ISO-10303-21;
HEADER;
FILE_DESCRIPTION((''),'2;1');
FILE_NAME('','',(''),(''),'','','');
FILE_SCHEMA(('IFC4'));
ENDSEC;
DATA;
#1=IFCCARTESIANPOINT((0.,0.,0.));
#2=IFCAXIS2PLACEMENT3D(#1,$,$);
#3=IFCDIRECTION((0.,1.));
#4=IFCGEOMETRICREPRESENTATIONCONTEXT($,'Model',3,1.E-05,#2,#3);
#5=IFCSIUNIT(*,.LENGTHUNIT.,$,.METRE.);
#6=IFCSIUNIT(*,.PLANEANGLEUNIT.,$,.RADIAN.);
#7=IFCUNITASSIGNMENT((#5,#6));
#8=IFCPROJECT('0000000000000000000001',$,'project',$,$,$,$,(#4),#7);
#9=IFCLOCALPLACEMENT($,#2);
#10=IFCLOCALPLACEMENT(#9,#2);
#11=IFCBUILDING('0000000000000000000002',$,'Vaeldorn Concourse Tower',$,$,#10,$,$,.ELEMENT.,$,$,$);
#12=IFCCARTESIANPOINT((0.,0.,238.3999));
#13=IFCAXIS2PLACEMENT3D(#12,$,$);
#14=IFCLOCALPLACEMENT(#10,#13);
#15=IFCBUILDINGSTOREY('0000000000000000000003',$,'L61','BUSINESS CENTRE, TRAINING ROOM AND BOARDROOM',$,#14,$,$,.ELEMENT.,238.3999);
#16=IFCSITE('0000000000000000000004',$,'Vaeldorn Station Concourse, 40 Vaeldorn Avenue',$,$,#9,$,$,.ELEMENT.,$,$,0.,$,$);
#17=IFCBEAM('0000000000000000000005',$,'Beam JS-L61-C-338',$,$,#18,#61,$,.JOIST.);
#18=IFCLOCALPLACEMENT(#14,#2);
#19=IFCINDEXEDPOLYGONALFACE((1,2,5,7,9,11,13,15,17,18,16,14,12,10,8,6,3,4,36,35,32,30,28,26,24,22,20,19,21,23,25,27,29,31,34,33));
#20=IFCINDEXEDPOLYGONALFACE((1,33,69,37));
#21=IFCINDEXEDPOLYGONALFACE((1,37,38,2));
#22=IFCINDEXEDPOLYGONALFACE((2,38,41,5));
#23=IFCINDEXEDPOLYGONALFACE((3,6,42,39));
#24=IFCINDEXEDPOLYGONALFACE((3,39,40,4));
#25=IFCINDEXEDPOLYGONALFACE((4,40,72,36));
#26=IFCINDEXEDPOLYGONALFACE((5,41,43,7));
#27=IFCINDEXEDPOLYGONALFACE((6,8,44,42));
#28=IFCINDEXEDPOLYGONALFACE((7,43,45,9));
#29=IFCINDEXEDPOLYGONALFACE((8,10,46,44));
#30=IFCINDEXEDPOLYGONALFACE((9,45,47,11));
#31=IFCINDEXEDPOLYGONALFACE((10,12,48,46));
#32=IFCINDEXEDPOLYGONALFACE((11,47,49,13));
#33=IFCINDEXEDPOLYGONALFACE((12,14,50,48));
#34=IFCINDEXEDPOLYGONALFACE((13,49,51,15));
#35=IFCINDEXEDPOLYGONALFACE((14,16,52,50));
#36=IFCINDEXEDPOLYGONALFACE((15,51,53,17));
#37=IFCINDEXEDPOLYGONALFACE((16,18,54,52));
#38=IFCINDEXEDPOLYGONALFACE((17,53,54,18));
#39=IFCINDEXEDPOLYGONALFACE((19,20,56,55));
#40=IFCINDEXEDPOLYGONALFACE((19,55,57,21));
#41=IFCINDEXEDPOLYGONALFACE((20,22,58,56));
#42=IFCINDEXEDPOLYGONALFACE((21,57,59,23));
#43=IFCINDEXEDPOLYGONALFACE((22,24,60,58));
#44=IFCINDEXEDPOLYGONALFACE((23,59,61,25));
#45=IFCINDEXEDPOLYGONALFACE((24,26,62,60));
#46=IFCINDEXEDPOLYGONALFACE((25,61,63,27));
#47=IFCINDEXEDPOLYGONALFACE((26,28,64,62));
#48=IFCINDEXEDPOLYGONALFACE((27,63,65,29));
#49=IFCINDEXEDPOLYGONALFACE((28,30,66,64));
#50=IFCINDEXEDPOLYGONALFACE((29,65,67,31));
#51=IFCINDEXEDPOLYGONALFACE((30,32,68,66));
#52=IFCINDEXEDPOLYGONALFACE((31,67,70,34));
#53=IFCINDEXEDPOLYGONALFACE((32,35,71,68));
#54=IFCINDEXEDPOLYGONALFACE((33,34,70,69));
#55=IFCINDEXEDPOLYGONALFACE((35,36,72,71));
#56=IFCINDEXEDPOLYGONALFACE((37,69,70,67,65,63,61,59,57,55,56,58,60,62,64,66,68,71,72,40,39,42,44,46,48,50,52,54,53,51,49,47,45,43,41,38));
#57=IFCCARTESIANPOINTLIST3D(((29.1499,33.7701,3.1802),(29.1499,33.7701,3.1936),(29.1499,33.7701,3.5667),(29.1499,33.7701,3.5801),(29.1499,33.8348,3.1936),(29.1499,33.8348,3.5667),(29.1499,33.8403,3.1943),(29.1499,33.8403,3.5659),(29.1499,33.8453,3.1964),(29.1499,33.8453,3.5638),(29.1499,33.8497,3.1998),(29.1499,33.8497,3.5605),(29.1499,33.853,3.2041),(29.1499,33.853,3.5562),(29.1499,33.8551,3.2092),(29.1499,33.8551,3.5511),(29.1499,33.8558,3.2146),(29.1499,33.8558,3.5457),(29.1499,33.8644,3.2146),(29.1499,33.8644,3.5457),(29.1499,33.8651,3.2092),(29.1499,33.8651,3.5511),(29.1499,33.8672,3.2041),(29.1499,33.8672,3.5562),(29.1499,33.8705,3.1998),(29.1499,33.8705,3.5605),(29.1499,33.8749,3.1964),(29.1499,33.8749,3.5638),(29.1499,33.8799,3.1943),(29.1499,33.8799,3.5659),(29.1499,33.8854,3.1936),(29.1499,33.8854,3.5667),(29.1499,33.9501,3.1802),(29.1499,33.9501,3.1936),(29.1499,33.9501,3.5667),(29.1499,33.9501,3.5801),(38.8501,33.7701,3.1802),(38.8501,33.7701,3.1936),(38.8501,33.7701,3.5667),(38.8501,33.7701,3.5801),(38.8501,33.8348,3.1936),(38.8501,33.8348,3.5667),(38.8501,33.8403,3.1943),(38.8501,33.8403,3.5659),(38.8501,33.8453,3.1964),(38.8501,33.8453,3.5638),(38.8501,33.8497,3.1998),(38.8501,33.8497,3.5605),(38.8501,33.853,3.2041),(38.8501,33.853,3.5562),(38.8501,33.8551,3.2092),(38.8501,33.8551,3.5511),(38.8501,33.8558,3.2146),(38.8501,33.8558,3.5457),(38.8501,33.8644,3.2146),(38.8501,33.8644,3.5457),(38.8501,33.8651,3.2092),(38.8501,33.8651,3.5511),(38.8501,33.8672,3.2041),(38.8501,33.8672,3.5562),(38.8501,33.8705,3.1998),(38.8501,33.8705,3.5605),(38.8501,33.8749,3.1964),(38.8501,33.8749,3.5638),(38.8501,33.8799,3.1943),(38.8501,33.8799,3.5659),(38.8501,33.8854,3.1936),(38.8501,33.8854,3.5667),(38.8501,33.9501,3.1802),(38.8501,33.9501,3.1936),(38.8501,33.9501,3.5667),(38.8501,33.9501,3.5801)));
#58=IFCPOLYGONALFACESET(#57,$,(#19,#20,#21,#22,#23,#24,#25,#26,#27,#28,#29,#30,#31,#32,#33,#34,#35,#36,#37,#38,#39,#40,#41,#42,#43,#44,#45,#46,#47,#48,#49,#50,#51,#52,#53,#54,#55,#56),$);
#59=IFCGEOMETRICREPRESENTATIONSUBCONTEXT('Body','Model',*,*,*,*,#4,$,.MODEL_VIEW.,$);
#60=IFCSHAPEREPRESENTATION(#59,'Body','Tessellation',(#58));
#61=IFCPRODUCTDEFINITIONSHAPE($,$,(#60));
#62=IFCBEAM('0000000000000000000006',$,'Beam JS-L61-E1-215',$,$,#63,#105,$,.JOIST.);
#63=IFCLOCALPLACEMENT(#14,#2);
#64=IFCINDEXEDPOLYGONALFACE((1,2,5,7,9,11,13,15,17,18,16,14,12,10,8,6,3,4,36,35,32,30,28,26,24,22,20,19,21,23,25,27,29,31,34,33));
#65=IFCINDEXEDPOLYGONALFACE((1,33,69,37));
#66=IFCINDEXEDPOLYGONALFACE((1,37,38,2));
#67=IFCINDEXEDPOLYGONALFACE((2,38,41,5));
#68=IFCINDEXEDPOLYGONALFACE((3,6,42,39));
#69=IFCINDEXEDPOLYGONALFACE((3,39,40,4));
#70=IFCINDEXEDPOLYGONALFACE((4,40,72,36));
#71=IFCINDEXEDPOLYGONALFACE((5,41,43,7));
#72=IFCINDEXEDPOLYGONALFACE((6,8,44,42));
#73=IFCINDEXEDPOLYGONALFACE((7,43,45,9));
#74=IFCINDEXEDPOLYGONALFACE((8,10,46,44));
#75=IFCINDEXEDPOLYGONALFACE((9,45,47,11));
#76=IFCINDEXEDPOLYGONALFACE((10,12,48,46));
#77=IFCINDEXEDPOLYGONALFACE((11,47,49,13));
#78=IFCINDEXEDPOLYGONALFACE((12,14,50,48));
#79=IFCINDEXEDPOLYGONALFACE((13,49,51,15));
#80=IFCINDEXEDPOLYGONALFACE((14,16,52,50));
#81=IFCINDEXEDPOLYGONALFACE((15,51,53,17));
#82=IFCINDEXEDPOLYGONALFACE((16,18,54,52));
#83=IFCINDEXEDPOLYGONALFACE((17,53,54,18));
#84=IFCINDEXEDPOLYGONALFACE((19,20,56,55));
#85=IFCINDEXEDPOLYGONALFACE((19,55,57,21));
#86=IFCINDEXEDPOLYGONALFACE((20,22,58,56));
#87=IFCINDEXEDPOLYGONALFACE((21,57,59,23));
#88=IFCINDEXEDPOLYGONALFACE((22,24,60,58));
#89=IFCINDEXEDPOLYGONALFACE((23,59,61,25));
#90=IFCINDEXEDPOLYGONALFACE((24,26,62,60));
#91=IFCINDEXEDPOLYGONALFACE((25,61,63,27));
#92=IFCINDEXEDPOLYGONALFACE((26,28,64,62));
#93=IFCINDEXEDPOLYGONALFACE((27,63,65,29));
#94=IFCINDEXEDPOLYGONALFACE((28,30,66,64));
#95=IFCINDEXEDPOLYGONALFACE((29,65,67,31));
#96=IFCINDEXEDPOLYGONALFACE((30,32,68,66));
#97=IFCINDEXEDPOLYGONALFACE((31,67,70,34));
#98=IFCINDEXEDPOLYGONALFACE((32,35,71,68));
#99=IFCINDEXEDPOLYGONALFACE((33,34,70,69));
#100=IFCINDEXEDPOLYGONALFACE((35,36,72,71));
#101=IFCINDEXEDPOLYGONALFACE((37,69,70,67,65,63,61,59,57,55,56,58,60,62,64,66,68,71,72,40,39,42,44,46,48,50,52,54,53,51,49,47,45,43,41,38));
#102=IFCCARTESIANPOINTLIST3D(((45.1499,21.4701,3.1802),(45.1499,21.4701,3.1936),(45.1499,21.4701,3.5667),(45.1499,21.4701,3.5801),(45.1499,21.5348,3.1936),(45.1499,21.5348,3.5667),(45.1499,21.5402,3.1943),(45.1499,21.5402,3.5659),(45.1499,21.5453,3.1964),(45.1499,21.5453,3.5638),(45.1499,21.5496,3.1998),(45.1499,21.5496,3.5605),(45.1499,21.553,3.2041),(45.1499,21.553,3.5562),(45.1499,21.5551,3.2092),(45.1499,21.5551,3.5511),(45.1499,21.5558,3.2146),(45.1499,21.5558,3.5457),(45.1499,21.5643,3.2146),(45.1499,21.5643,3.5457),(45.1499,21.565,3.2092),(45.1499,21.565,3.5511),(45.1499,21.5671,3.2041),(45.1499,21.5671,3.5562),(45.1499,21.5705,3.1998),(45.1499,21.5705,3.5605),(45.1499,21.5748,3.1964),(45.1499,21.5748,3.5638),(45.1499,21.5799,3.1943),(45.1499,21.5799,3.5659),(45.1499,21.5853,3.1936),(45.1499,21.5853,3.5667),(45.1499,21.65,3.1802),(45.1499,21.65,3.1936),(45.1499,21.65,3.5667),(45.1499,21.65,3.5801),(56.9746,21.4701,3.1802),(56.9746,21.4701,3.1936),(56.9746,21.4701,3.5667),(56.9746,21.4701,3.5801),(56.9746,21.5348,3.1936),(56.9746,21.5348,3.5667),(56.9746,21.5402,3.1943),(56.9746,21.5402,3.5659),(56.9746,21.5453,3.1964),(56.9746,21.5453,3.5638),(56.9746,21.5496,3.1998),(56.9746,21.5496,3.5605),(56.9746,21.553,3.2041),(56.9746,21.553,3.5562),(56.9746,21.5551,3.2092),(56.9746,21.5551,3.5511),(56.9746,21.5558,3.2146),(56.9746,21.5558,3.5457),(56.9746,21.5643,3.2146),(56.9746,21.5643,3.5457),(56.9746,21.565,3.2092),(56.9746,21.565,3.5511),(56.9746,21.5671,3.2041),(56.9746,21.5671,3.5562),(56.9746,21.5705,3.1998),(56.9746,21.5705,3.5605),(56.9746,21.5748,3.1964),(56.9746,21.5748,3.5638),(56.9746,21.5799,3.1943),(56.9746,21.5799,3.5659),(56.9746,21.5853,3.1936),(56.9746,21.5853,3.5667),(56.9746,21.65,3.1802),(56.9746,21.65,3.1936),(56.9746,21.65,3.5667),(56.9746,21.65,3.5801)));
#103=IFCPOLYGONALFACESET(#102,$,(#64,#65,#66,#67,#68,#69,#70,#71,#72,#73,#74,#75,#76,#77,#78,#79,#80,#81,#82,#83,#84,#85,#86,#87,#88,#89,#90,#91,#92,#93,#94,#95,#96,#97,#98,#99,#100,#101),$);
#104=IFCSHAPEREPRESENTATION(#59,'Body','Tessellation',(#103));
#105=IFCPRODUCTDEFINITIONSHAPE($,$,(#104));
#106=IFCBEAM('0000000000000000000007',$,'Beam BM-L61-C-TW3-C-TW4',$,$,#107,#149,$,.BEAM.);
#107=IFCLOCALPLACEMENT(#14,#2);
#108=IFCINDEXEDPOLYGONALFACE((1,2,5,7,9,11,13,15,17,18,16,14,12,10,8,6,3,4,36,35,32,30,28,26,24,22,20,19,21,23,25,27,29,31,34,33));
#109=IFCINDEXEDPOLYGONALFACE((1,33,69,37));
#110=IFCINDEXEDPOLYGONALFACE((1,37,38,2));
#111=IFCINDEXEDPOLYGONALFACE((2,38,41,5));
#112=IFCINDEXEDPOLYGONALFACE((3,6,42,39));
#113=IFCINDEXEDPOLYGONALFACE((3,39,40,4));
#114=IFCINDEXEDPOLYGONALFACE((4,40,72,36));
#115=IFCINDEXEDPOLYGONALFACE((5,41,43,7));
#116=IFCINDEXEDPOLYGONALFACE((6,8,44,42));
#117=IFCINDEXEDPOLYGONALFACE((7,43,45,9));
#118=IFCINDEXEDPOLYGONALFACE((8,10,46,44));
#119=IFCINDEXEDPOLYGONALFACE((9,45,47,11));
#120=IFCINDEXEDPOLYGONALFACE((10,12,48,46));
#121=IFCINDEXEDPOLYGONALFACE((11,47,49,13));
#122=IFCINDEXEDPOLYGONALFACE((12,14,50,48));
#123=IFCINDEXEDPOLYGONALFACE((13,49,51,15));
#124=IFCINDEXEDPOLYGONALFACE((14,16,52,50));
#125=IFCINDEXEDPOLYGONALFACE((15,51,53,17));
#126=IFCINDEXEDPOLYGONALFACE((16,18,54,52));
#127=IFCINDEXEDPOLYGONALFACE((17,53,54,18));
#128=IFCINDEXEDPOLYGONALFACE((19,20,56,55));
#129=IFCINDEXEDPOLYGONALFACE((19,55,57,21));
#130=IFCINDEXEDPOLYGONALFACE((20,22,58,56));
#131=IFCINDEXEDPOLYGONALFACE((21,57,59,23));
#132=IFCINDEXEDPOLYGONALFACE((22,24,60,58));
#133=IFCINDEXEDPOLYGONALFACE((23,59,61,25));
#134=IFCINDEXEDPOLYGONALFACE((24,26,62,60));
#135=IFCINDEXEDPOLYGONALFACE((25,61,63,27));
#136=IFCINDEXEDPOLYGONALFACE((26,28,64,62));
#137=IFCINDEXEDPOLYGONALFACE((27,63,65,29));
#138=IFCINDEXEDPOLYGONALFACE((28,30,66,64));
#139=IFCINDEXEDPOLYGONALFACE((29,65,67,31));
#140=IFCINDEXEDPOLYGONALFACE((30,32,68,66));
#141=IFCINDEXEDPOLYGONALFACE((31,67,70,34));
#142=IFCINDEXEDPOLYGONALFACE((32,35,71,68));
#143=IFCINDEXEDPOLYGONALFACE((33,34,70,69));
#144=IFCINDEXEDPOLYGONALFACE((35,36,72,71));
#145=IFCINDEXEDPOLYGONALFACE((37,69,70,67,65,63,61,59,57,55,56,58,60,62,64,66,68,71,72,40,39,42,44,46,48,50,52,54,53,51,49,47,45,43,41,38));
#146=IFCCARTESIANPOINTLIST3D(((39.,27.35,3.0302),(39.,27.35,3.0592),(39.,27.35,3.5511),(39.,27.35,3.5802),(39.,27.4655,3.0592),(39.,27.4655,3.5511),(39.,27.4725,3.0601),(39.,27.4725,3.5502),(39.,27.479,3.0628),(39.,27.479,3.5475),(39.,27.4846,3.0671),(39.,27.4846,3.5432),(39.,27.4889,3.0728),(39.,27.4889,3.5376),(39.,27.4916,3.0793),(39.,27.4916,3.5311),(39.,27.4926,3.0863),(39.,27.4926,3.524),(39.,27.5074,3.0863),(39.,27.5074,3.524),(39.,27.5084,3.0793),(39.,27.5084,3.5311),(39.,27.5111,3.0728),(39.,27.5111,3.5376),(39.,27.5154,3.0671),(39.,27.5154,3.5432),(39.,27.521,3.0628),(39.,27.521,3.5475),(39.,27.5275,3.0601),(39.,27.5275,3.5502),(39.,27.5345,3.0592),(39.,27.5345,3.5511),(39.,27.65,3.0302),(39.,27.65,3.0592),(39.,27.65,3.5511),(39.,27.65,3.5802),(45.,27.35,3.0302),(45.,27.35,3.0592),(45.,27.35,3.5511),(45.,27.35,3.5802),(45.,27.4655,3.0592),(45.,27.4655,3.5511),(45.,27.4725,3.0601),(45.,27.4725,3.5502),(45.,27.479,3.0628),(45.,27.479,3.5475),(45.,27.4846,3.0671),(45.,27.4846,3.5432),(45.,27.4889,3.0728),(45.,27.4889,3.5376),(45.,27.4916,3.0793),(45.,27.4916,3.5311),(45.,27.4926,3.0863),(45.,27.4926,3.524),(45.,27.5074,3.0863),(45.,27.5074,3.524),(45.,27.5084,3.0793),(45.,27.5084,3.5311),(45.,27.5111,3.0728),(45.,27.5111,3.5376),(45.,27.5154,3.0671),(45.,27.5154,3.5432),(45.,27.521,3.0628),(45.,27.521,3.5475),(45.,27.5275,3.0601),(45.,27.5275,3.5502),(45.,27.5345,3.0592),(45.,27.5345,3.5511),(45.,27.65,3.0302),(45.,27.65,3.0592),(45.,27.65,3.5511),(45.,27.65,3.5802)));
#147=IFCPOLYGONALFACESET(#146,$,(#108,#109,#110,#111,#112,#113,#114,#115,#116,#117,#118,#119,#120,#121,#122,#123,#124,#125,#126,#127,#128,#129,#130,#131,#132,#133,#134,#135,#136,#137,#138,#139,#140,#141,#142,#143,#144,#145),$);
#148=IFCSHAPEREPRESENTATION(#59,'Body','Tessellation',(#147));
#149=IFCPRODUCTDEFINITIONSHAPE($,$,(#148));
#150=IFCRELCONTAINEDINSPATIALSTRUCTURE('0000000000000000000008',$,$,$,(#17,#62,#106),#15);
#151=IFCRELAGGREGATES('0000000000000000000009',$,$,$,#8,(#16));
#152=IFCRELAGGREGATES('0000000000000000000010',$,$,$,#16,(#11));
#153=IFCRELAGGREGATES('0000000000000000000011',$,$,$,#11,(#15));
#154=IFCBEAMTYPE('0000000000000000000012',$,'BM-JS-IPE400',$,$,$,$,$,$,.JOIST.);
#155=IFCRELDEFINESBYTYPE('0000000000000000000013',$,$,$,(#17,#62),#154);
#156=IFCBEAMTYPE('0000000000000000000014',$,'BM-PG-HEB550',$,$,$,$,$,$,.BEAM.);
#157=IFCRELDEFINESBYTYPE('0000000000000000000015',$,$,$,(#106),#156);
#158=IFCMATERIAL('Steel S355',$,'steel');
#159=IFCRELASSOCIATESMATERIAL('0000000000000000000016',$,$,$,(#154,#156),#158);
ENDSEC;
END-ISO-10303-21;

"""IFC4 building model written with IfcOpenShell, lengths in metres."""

from ifc_helpers import new_model, si_unit, direction, frame, origin, origin_2d, place, context, subcontext, project, spatial, i_section, extrude, source, transform, mapped, material, material_profile, profile_set, type_object, element, save


model = new_model("IFC4")

# Units and contexts
model_context = context("Model", 3, precision=1e-05, world=origin(), true_north=direction((0.0, 1.0)))
body_context = subcontext(model_context, "Body", "Model", "MODEL_VIEW")
ifc_project = project(units=[si_unit("LENGTHUNIT", "METRE"), si_unit("PLANEANGLEUNIT", "RADIAN")], contexts=[model_context])

# Site, building, storey
site_placement = place(None, origin())
site = spatial("IfcSite", under=ifc_project, at=site_placement, Name="Vaeldorn Station Concourse, 40 Vaeldorn Avenue", CompositionType="ELEMENT", RefElevation=0.0)
building_placement = place(site_placement, origin())
building = spatial("IfcBuilding", under=site, at=building_placement, Name="Vaeldorn Concourse Tower", CompositionType="ELEMENT")
storey_placement = place(building_placement, frame((0.0, 0.0, 238.3999)))
storey = spatial("IfcBuildingStorey", under=building, at=storey_placement, Name="L61", Description="BUSINESS CENTRE, TRAINING ROOM AND BOARDROOM", CompositionType="ELEMENT", Elevation=238.3999)

# Shared definitions
ifc_material_1 = material(Name="Steel S355", Category="steel")

# Beams
ifc_material_profile_1 = material_profile(ifc_material_1, i_section(OverallWidth=0.1799, OverallDepth=0.3999, WebThickness=0.0085, FlangeThickness=0.0134, FilletRadius=0.021, at=origin_2d()), Name="IPE 400")
ifc_profile_set_1 = profile_set([ifc_material_profile_1], Name="Steel S355")
beam_type_1 = type_object("IfcBeamType", Name="BM-JS-IPE400", PredefinedType="JOIST", material=ifc_profile_set_1)
shared_shape_1 = source(origin(), body_context, "Body", "SweptSolid", [
    extrude(i_section(OverallWidth=0.1799, OverallDepth=0.3999, WebThickness=0.0085, FlangeThickness=0.0134, FilletRadius=0.021, at=origin_2d()), origin(), (0.0, 0.0, 1.0), 9.7002),
])
for number, where, z_axis, x_axis, name in (
    (1, (29.1499, 33.8601, 3.3801), (1.0, 0.0, 0.0), (0.0, 1.0, 0.0), "Beam JS-L61-C-338"),
):
    element("IfcBeam", number, at=place(storey_placement, frame(where, z_axis=z_axis, x_axis=x_axis)), inside=storey, type_object=beam_type_1, Name=name, PredefinedType="JOIST", context=body_context, shape_type="MappedRepresentation", body=[
        mapped(shared_shape_1, transform((0.0, 0.0, 0.0), scale=1.0)),
    ])
shared_shape_2 = source(origin(), body_context, "Body", "SweptSolid", [
    extrude(i_section(OverallWidth=0.1799, OverallDepth=0.3999, WebThickness=0.0085, FlangeThickness=0.0134, FilletRadius=0.021, at=origin_2d()), origin(), (0.0, 0.0, 1.0), 11.8247),
])
beam_1_placement = place(storey_placement, frame((45.1499, 21.5601, 3.3801), z_axis=(1.0, 0.0, 0.0), x_axis=(0.0, 1.0, 0.0)))
element("IfcBeam", 2, at=beam_1_placement, inside=storey, type_object=beam_type_1, Name="Beam JS-L61-E1-215", PredefinedType="JOIST", context=body_context, shape_type="MappedRepresentation", body=[
    mapped(shared_shape_2, transform((0.0, 0.0, 0.0), scale=1.0)),
])
ifc_material_profile_2 = material_profile(ifc_material_1, i_section(OverallWidth=0.3, OverallDepth=0.55, WebThickness=0.0149, FlangeThickness=0.0291, FilletRadius=0.0271, at=origin_2d()), Name="HEB 550")
ifc_profile_set_2 = profile_set([ifc_material_profile_2], Name="Steel S355")
beam_type_2 = type_object("IfcBeamType", Name="BM-PG-HEB550", PredefinedType="BEAM", material=ifc_profile_set_2)
shared_shape_3 = source(origin(), body_context, "Body", "SweptSolid", [
    extrude(i_section(OverallWidth=0.3, OverallDepth=0.55, WebThickness=0.0149, FlangeThickness=0.0291, FilletRadius=0.0271, at=origin_2d()), origin(), (0.0, 0.0, 1.0), 6.0),
])
beam_2_placement = place(storey_placement, frame((39.0, 27.5, 3.3052), z_axis=(1.0, 0.0, 0.0), x_axis=(0.0, 1.0, 0.0)))
element("IfcBeam", 3, at=beam_2_placement, inside=storey, type_object=beam_type_2, Name="Beam BM-L61-C-TW3-C-TW4", PredefinedType="BEAM", context=body_context, shape_type="MappedRepresentation", body=[
    mapped(shared_shape_3, transform((0.0, 0.0, 0.0), scale=1.0)),
])

save(model, "model.ifc")
